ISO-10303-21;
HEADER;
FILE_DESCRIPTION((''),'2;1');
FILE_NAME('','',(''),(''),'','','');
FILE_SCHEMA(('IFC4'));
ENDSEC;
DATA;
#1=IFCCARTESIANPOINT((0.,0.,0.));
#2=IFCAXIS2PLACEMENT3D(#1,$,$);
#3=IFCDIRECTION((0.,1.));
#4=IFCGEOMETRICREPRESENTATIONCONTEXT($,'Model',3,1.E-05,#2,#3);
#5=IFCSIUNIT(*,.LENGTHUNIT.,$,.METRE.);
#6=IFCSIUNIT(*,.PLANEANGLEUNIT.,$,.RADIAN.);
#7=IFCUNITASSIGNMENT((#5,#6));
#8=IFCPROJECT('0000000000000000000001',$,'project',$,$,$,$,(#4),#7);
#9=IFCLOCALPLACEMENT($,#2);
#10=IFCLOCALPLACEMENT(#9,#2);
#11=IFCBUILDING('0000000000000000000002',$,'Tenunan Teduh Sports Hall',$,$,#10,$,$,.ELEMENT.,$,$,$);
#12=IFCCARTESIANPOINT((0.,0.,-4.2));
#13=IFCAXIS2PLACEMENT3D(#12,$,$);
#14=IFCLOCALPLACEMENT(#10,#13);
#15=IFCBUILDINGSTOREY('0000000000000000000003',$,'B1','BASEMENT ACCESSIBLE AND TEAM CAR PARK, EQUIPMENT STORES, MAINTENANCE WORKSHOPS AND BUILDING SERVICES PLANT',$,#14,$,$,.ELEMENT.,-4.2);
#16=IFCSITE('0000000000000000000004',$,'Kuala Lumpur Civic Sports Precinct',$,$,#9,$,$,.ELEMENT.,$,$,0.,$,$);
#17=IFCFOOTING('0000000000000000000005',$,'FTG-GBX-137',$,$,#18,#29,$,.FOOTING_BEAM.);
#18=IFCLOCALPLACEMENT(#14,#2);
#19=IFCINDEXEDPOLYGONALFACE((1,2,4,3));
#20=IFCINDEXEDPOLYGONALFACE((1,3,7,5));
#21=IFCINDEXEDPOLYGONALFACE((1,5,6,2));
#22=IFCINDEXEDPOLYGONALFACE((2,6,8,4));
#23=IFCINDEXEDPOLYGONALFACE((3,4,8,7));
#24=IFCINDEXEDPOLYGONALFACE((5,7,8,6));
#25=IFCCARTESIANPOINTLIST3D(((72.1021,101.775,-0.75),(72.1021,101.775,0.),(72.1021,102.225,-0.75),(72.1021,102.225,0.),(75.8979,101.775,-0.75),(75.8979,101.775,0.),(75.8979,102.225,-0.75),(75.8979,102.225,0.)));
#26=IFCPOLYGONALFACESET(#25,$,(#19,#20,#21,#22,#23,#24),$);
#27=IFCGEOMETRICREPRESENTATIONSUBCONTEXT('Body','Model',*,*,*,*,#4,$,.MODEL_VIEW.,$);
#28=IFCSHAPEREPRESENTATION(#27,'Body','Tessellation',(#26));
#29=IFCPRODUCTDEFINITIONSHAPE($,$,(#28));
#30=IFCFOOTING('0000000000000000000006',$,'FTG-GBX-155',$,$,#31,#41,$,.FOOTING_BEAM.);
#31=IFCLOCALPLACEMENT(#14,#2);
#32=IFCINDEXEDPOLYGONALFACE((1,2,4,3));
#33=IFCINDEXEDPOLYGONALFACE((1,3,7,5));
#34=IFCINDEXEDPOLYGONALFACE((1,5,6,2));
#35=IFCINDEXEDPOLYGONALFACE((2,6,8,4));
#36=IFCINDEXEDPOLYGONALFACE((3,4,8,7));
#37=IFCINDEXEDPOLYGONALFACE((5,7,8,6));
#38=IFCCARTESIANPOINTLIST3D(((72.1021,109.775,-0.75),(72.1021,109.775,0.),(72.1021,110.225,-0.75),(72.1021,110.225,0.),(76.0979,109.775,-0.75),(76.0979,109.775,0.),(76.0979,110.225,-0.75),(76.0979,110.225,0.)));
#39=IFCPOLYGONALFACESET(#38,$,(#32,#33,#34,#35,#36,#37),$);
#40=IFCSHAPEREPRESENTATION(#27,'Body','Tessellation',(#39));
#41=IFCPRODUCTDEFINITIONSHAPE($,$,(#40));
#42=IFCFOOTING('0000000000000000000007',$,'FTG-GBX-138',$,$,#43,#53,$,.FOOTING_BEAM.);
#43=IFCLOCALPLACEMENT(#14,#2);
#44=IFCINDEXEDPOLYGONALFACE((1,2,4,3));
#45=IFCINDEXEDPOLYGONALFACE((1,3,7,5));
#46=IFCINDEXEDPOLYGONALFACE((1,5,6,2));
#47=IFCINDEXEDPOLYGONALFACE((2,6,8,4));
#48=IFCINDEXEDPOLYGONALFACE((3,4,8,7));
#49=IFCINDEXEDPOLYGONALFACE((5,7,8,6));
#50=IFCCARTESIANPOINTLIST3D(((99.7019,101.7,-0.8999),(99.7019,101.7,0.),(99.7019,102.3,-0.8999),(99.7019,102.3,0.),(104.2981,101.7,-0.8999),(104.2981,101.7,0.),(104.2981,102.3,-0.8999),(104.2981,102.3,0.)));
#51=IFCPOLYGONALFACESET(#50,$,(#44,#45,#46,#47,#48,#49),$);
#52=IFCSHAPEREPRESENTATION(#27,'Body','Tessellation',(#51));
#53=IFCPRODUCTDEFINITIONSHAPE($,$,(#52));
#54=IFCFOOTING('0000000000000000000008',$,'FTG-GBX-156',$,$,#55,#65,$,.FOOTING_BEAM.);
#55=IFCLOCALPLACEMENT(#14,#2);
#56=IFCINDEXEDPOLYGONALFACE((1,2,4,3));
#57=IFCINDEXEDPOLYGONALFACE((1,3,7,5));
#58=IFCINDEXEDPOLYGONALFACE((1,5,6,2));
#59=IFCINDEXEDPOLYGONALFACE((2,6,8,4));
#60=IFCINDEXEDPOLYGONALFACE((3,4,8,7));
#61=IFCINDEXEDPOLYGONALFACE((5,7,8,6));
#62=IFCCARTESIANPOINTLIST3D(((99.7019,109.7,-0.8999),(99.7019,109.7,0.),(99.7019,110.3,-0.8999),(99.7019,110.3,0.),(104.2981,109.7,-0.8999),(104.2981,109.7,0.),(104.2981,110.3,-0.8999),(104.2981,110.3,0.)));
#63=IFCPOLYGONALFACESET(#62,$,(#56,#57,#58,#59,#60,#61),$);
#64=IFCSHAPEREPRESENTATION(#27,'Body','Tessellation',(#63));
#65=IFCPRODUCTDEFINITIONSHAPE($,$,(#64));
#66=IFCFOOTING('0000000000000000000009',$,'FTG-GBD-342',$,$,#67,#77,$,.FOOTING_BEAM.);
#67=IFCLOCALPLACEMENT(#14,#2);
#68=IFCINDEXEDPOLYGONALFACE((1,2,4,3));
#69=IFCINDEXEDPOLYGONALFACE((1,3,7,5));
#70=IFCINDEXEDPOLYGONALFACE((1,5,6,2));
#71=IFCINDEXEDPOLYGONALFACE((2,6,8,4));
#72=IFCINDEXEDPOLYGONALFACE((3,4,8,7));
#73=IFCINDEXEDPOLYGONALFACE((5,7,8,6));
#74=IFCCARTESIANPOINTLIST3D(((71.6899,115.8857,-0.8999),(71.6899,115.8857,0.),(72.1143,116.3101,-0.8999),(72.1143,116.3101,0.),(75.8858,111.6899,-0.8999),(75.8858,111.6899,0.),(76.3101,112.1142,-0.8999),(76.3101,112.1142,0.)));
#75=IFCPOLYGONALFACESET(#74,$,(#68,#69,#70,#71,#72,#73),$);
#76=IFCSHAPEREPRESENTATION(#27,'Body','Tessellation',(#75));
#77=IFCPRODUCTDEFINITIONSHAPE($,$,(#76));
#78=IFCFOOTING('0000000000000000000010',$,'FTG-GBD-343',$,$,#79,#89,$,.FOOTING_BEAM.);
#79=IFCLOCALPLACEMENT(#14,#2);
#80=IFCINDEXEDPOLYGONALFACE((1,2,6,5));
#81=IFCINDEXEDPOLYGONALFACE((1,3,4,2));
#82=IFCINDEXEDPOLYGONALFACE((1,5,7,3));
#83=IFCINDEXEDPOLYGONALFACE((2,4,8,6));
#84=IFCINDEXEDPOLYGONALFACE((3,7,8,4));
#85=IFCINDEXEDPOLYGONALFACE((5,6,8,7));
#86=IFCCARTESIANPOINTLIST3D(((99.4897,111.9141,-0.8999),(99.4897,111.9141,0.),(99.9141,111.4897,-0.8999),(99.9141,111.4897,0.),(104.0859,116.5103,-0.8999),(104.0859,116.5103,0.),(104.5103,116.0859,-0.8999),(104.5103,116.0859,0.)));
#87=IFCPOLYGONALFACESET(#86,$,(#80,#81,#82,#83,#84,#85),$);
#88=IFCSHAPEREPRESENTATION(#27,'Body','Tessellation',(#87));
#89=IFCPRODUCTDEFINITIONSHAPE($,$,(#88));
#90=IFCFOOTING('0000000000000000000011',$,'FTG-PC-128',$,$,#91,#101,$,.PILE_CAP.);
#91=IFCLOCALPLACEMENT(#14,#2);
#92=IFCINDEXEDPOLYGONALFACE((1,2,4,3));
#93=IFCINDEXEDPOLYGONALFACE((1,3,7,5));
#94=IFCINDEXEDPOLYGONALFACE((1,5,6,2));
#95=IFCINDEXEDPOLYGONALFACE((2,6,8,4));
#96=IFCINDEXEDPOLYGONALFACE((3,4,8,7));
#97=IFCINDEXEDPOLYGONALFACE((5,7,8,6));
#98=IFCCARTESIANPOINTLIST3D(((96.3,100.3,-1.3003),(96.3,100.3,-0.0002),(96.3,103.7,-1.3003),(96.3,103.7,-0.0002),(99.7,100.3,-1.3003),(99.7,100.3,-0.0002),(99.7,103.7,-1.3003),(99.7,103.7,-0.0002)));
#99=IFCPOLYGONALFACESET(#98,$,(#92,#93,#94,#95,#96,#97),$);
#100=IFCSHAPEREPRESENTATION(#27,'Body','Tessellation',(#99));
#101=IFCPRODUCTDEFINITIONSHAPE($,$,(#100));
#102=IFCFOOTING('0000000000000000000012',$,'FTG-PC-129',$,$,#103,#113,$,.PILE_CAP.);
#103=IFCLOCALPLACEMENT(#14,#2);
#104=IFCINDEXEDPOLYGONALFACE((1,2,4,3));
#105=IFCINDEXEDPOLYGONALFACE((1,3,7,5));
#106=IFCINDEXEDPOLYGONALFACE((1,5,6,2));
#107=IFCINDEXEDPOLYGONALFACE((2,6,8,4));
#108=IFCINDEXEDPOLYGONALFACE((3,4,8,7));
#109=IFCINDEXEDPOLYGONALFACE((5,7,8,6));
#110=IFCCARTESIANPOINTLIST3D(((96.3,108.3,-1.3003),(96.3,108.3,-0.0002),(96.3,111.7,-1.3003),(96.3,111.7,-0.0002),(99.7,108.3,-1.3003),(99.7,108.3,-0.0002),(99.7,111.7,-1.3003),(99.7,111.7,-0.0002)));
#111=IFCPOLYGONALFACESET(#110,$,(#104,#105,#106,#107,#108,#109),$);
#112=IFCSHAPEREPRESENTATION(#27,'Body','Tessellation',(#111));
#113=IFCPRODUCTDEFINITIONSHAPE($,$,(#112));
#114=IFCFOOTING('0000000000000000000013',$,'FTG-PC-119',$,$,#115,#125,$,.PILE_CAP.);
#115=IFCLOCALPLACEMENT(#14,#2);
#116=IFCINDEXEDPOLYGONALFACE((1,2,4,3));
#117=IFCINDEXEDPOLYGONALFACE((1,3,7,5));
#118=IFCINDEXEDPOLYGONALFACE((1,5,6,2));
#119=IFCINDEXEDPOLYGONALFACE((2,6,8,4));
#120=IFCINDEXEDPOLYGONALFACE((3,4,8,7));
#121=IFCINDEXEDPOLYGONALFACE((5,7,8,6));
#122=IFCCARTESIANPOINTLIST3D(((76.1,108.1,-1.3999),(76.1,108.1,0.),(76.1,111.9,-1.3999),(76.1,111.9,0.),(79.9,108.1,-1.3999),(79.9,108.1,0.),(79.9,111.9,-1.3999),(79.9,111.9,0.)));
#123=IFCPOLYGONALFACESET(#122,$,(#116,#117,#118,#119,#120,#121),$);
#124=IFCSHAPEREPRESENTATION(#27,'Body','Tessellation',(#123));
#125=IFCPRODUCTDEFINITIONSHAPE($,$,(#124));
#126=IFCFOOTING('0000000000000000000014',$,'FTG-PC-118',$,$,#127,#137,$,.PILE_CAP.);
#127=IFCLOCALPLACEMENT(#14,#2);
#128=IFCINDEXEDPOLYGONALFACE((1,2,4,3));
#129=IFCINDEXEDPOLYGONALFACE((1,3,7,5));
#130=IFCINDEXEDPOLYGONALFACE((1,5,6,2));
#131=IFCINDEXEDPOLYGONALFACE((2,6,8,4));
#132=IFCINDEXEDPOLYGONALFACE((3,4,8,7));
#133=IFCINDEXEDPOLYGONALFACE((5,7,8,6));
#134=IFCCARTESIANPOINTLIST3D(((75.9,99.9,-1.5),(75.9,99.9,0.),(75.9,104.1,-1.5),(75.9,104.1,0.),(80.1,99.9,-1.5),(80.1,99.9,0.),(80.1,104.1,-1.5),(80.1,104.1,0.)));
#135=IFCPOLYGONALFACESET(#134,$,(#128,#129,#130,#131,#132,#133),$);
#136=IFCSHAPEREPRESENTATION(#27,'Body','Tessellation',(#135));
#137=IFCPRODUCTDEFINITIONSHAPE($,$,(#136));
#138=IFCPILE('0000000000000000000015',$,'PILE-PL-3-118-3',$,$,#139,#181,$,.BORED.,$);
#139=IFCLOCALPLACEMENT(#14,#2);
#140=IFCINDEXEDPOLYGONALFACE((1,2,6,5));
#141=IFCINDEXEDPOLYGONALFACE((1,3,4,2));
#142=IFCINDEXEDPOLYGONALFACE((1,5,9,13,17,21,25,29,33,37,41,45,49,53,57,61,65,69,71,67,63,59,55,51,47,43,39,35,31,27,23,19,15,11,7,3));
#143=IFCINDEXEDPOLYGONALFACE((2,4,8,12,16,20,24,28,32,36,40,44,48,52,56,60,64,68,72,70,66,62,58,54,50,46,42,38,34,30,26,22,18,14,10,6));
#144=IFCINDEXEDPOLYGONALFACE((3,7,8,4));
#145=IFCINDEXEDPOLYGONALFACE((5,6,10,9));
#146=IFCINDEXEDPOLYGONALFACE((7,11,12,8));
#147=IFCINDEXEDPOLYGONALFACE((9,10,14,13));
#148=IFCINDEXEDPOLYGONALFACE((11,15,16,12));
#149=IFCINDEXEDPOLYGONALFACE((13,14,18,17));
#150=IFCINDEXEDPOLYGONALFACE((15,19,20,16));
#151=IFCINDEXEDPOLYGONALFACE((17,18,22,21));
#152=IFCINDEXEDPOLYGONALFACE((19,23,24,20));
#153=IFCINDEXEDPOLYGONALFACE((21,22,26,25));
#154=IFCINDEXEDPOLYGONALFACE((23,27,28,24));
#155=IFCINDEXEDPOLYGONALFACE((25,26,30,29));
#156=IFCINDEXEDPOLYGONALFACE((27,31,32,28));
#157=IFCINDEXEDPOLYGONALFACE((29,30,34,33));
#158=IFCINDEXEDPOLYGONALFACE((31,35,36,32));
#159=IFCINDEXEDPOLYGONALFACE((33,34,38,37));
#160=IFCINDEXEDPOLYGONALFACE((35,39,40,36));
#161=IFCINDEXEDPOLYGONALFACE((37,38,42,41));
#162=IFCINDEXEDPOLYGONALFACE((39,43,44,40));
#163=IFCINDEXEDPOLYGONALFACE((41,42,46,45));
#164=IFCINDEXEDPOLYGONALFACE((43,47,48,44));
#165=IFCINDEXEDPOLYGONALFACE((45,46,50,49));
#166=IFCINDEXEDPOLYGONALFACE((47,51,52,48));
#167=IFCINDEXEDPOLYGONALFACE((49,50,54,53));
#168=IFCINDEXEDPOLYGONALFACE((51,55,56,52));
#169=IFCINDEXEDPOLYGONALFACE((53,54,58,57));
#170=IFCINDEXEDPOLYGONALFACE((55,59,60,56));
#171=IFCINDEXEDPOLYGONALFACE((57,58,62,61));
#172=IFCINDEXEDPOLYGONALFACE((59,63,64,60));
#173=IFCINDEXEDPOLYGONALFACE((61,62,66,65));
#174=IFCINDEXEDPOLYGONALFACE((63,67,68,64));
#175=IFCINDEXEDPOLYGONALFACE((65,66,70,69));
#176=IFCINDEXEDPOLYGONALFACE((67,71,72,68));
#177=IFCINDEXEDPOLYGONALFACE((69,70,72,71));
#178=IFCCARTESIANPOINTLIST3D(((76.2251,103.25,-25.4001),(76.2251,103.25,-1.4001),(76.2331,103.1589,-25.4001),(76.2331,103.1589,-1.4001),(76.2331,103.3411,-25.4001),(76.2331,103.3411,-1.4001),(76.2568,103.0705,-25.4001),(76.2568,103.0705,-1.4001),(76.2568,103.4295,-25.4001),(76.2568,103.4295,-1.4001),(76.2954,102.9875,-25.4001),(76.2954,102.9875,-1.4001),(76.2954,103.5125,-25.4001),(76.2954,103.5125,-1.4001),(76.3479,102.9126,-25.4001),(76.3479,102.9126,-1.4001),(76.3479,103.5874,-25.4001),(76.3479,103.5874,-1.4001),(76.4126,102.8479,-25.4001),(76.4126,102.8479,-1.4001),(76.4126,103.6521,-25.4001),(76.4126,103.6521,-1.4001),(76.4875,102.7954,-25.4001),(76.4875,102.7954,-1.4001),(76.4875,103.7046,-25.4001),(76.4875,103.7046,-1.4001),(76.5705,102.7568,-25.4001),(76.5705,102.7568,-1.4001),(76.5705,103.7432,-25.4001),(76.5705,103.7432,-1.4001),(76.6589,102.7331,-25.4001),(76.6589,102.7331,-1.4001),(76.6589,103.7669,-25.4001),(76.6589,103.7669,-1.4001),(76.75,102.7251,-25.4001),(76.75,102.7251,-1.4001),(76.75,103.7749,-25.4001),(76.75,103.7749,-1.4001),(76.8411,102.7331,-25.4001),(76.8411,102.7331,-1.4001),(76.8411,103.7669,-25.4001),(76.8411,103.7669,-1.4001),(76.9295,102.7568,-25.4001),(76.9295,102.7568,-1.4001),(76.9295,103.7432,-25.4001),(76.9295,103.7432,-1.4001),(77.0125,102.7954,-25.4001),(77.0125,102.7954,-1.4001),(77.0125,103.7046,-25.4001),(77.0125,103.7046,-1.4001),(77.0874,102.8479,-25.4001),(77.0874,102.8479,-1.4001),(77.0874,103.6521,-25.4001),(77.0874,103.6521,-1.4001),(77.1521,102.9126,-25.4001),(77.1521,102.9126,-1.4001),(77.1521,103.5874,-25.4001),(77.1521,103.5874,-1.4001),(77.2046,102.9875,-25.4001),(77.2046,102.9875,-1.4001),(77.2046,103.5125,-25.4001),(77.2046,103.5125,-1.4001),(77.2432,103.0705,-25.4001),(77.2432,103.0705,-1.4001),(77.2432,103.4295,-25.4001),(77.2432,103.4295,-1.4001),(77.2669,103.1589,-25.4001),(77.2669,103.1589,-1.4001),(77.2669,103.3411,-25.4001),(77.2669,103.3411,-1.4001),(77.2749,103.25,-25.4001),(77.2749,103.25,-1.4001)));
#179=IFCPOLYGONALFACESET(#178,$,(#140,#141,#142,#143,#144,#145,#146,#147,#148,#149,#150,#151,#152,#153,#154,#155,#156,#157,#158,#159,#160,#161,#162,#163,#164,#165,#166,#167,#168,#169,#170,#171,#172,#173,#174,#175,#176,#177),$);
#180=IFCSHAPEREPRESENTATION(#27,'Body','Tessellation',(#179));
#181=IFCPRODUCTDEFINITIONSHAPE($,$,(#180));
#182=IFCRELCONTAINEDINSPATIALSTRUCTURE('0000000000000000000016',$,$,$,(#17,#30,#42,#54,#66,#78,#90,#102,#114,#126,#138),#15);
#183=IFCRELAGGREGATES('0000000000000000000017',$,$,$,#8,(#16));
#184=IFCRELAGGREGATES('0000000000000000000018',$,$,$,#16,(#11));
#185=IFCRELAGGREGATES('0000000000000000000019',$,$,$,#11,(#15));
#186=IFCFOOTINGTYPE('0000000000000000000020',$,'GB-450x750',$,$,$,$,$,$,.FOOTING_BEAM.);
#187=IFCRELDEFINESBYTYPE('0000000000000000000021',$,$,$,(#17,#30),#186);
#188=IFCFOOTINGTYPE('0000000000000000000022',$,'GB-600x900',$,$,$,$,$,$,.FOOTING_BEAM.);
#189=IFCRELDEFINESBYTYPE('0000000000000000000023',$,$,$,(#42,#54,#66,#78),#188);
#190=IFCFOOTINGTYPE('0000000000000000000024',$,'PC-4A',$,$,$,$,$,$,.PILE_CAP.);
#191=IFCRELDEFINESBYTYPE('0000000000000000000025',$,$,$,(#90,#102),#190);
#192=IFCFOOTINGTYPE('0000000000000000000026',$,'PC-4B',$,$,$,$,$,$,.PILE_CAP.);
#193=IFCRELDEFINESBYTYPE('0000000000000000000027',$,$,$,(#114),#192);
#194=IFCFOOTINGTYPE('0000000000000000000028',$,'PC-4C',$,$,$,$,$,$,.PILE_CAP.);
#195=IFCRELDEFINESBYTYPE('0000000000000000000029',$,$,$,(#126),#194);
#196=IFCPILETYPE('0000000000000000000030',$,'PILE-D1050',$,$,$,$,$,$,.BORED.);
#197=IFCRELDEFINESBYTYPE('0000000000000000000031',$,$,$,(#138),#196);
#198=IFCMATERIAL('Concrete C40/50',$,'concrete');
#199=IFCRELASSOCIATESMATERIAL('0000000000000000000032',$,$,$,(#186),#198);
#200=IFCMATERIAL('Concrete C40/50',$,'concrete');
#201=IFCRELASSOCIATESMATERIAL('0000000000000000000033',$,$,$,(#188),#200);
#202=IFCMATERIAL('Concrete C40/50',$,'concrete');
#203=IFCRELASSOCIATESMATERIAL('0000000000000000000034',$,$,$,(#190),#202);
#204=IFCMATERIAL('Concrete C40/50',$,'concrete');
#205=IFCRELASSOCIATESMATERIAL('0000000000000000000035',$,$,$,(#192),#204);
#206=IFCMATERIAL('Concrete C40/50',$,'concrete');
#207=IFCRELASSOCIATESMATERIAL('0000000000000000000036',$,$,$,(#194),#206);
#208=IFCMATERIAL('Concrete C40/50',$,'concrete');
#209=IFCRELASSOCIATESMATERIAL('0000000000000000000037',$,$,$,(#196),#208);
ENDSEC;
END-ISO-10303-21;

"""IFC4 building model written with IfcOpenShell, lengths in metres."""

from ifc_helpers import new_model, si_unit, direction, frame, origin, origin_2d, place, context, subcontext, project, spatial, rectangle, circle, extrude, material, material_profile, profile_set, type_object, element, save


model = new_model("IFC4")

# Units and contexts
model_context = context("Model", 3, precision=1e-05, world=origin(), true_north=direction((0.0, 1.0)))
body_context = subcontext(model_context, "Body", "Model", "MODEL_VIEW")
ifc_project = project(units=[si_unit("LENGTHUNIT", "METRE"), si_unit("PLANEANGLEUNIT", "RADIAN")], contexts=[model_context])

# Site, building, storey
site_placement = place(None, origin())
site = spatial("IfcSite", under=ifc_project, at=site_placement, Name="Kuala Lumpur Civic Sports Precinct", CompositionType="ELEMENT", RefElevation=0.0)
building_placement = place(site_placement, origin())
building = spatial("IfcBuilding", under=site, at=building_placement, Name="Tenunan Teduh Sports Hall", CompositionType="ELEMENT")
storey_placement = place(building_placement, frame((0.0, 0.0, -4.2)))
storey = spatial("IfcBuildingStorey", under=building, at=storey_placement, Name="B1", Description="BASEMENT ACCESSIBLE AND TEAM CAR PARK, EQUIPMENT STORES, MAINTENANCE WORKSHOPS AND BUILDING SERVICES PLANT", CompositionType="ELEMENT", Elevation=-4.2)

# Footings
ifc_material_1 = material(Name="Concrete C40/50", Category="concrete")
ifc_material_profile_1 = material_profile(ifc_material_1, rectangle(XDim=0.45, YDim=0.75, at=origin_2d()), Name="RCB 450x750")
ifc_profile_set_1 = profile_set([ifc_material_profile_1], Name="Concrete C40/50")
footing_type_1 = type_object("IfcFootingType", Name="GB-450x750", PredefinedType="FOOTING_BEAM", material=ifc_profile_set_1)
footing_1_placement = place(storey_placement, frame((72.1021, 102.0, -0.375), z_axis=(1.0, 0.0, 0.0), x_axis=(0.0, 1.0, 0.0)))
element("IfcFooting", 1, at=footing_1_placement, inside=storey, type_object=footing_type_1, Name="FTG-GBX-137", PredefinedType="FOOTING_BEAM", context=body_context, shape_type="SweptSolid", body=[
    extrude(rectangle(XDim=0.45, YDim=0.75, at=origin_2d()), origin(), (0.0, 0.0, 1.0), 3.7959),
])
footing_2_placement = place(storey_placement, frame((72.1021, 110.0, -0.375), z_axis=(1.0, 0.0, 0.0), x_axis=(0.0, 1.0, 0.0)))
element("IfcFooting", 2, at=footing_2_placement, inside=storey, type_object=footing_type_1, Name="FTG-GBX-155", PredefinedType="FOOTING_BEAM", context=body_context, shape_type="SweptSolid", body=[
    extrude(rectangle(XDim=0.45, YDim=0.75, at=origin_2d()), origin(), (0.0, 0.0, 1.0), 3.9958),
])
ifc_material_2 = material(Name="Concrete C40/50", Category="concrete")
ifc_material_profile_2 = material_profile(ifc_material_2, rectangle(XDim=0.6001, YDim=0.8999, at=origin_2d()), Name="RCB 600x900")
ifc_profile_set_2 = profile_set([ifc_material_profile_2], Name="Concrete C40/50")
footing_type_2 = type_object("IfcFootingType", Name="GB-600x900", PredefinedType="FOOTING_BEAM", material=ifc_profile_set_2)
for number, where, z_axis, x_axis, name in (
    (3, (99.7019, 102.0, -0.45), (1.0, 0.0, 0.0), (0.0, 1.0, 0.0), "FTG-GBX-138"),
    (4, (99.7019, 110.0, -0.45), (1.0, 0.0, 0.0), (0.0, 1.0, 0.0), "FTG-GBX-156"),
):
    element("IfcFooting", number, at=place(storey_placement, frame(where, z_axis=z_axis, x_axis=x_axis)), inside=storey, type_object=footing_type_2, Name=name, PredefinedType="FOOTING_BEAM", context=body_context, shape_type="SweptSolid", body=[
        extrude(rectangle(XDim=0.6001, YDim=0.8999, at=origin_2d()), origin(), (0.0, 0.0, 1.0), 4.5962),
    ])
footing_3_placement = place(storey_placement, frame((71.9021, 116.0979, -0.45), z_axis=(0.707107, -0.707107, 0.0), x_axis=(0.707107, 0.707107, 0.0)))
element("IfcFooting", 5, at=footing_3_placement, inside=storey, type_object=footing_type_2, Name="FTG-GBD-342", PredefinedType="FOOTING_BEAM", context=body_context, shape_type="SweptSolid", body=[
    extrude(rectangle(XDim=0.6001, YDim=0.8999, at=origin_2d()), origin(), (0.0, 0.0, 1.0), 5.9338),
])
footing_4_placement = place(storey_placement, frame((99.7019, 111.7019, -0.45), z_axis=(0.707107, 0.707107, 0.0), x_axis=(-0.707107, 0.707107, 0.0)))
element("IfcFooting", 6, at=footing_4_placement, inside=storey, type_object=footing_type_2, Name="FTG-GBD-343", PredefinedType="FOOTING_BEAM", context=body_context, shape_type="SweptSolid", body=[
    extrude(rectangle(XDim=0.6001, YDim=0.8999, at=origin_2d()), origin(), (0.0, 0.0, 1.0), 6.5),
])
ifc_material_3 = material(Name="Concrete C40/50", Category="concrete")
footing_type_3 = type_object("IfcFootingType", Name="PC-4A", PredefinedType="PILE_CAP", material=ifc_material_3)
for number, where, z_axis, x_axis, name in (
    (7, (98.0, 102.0, -1.3003), (0.0, 0.0, 1.0), (1.0, 0.0, 0.0), "FTG-PC-128"),
    (8, (98.0, 110.0, -1.3003), (0.0, 0.0, 1.0), (1.0, 0.0, 0.0), "FTG-PC-129"),
):
    element("IfcFooting", number, at=place(storey_placement, frame(where, z_axis=z_axis, x_axis=x_axis)), inside=storey, type_object=footing_type_3, Name=name, PredefinedType="PILE_CAP", context=body_context, shape_type="SweptSolid", body=[
        extrude(rectangle(XDim=3.3999, YDim=3.3999, at=origin_2d()), origin(), (0.0, 0.0, 1.0), 1.3),
    ])
ifc_material_4 = material(Name="Concrete C40/50", Category="concrete")
footing_type_4 = type_object("IfcFootingType", Name="PC-4B", PredefinedType="PILE_CAP", material=ifc_material_4)
footing_5_placement = place(storey_placement, frame((78.0, 110.0, -1.3999), z_axis=(0.0, 0.0, 1.0), x_axis=(1.0, 0.0, 0.0)))
element("IfcFooting", 9, at=footing_5_placement, inside=storey, type_object=footing_type_4, Name="FTG-PC-119", PredefinedType="PILE_CAP", context=body_context, shape_type="SweptSolid", body=[
    extrude(rectangle(XDim=3.8, YDim=3.8, at=origin_2d()), origin(), (0.0, 0.0, 1.0), 1.3999),
])
ifc_material_5 = material(Name="Concrete C40/50", Category="concrete")
footing_type_5 = type_object("IfcFootingType", Name="PC-4C", PredefinedType="PILE_CAP", material=ifc_material_5)
footing_6_placement = place(storey_placement, frame((78.0, 102.0, -1.5), z_axis=(0.0, 0.0, 1.0), x_axis=(1.0, 0.0, 0.0)))
element("IfcFooting", 10, at=footing_6_placement, inside=storey, type_object=footing_type_5, Name="FTG-PC-118", PredefinedType="PILE_CAP", context=body_context, shape_type="SweptSolid", body=[
    extrude(rectangle(XDim=4.2, YDim=4.2, at=origin_2d()), origin(), (0.0, 0.0, 1.0), 1.5),
])

# Pile
ifc_material_6 = material(Name="Concrete C40/50", Category="concrete")
ifc_material_profile_3 = material_profile(ifc_material_6, circle(Radius=0.5249, at=origin_2d()), Name="PILE D1050")
ifc_profile_set_3 = profile_set([ifc_material_profile_3], Name="Concrete C40/50")
pile_type_1 = type_object("IfcPileType", Name="PILE-D1050", PredefinedType="BORED", material=ifc_profile_set_3)
for number, where, z_axis, x_axis, name in (
    (11, (76.75, 103.25, -1.4001), (0.0, 0.0, -1.0), (1.0, 0.0, 0.0), "PILE-PL-3-118-3"),
):
    element("IfcPile", number, at=place(storey_placement, frame(where, z_axis=z_axis, x_axis=x_axis)), inside=storey, type_object=pile_type_1, Name=name, PredefinedType="BORED", context=body_context, shape_type="SweptSolid", body=[
        extrude(circle(Radius=0.5249, at=origin_2d()), origin(), (0.0, 0.0, 1.0), 24.0),
    ])

save(model, "model.ifc")
